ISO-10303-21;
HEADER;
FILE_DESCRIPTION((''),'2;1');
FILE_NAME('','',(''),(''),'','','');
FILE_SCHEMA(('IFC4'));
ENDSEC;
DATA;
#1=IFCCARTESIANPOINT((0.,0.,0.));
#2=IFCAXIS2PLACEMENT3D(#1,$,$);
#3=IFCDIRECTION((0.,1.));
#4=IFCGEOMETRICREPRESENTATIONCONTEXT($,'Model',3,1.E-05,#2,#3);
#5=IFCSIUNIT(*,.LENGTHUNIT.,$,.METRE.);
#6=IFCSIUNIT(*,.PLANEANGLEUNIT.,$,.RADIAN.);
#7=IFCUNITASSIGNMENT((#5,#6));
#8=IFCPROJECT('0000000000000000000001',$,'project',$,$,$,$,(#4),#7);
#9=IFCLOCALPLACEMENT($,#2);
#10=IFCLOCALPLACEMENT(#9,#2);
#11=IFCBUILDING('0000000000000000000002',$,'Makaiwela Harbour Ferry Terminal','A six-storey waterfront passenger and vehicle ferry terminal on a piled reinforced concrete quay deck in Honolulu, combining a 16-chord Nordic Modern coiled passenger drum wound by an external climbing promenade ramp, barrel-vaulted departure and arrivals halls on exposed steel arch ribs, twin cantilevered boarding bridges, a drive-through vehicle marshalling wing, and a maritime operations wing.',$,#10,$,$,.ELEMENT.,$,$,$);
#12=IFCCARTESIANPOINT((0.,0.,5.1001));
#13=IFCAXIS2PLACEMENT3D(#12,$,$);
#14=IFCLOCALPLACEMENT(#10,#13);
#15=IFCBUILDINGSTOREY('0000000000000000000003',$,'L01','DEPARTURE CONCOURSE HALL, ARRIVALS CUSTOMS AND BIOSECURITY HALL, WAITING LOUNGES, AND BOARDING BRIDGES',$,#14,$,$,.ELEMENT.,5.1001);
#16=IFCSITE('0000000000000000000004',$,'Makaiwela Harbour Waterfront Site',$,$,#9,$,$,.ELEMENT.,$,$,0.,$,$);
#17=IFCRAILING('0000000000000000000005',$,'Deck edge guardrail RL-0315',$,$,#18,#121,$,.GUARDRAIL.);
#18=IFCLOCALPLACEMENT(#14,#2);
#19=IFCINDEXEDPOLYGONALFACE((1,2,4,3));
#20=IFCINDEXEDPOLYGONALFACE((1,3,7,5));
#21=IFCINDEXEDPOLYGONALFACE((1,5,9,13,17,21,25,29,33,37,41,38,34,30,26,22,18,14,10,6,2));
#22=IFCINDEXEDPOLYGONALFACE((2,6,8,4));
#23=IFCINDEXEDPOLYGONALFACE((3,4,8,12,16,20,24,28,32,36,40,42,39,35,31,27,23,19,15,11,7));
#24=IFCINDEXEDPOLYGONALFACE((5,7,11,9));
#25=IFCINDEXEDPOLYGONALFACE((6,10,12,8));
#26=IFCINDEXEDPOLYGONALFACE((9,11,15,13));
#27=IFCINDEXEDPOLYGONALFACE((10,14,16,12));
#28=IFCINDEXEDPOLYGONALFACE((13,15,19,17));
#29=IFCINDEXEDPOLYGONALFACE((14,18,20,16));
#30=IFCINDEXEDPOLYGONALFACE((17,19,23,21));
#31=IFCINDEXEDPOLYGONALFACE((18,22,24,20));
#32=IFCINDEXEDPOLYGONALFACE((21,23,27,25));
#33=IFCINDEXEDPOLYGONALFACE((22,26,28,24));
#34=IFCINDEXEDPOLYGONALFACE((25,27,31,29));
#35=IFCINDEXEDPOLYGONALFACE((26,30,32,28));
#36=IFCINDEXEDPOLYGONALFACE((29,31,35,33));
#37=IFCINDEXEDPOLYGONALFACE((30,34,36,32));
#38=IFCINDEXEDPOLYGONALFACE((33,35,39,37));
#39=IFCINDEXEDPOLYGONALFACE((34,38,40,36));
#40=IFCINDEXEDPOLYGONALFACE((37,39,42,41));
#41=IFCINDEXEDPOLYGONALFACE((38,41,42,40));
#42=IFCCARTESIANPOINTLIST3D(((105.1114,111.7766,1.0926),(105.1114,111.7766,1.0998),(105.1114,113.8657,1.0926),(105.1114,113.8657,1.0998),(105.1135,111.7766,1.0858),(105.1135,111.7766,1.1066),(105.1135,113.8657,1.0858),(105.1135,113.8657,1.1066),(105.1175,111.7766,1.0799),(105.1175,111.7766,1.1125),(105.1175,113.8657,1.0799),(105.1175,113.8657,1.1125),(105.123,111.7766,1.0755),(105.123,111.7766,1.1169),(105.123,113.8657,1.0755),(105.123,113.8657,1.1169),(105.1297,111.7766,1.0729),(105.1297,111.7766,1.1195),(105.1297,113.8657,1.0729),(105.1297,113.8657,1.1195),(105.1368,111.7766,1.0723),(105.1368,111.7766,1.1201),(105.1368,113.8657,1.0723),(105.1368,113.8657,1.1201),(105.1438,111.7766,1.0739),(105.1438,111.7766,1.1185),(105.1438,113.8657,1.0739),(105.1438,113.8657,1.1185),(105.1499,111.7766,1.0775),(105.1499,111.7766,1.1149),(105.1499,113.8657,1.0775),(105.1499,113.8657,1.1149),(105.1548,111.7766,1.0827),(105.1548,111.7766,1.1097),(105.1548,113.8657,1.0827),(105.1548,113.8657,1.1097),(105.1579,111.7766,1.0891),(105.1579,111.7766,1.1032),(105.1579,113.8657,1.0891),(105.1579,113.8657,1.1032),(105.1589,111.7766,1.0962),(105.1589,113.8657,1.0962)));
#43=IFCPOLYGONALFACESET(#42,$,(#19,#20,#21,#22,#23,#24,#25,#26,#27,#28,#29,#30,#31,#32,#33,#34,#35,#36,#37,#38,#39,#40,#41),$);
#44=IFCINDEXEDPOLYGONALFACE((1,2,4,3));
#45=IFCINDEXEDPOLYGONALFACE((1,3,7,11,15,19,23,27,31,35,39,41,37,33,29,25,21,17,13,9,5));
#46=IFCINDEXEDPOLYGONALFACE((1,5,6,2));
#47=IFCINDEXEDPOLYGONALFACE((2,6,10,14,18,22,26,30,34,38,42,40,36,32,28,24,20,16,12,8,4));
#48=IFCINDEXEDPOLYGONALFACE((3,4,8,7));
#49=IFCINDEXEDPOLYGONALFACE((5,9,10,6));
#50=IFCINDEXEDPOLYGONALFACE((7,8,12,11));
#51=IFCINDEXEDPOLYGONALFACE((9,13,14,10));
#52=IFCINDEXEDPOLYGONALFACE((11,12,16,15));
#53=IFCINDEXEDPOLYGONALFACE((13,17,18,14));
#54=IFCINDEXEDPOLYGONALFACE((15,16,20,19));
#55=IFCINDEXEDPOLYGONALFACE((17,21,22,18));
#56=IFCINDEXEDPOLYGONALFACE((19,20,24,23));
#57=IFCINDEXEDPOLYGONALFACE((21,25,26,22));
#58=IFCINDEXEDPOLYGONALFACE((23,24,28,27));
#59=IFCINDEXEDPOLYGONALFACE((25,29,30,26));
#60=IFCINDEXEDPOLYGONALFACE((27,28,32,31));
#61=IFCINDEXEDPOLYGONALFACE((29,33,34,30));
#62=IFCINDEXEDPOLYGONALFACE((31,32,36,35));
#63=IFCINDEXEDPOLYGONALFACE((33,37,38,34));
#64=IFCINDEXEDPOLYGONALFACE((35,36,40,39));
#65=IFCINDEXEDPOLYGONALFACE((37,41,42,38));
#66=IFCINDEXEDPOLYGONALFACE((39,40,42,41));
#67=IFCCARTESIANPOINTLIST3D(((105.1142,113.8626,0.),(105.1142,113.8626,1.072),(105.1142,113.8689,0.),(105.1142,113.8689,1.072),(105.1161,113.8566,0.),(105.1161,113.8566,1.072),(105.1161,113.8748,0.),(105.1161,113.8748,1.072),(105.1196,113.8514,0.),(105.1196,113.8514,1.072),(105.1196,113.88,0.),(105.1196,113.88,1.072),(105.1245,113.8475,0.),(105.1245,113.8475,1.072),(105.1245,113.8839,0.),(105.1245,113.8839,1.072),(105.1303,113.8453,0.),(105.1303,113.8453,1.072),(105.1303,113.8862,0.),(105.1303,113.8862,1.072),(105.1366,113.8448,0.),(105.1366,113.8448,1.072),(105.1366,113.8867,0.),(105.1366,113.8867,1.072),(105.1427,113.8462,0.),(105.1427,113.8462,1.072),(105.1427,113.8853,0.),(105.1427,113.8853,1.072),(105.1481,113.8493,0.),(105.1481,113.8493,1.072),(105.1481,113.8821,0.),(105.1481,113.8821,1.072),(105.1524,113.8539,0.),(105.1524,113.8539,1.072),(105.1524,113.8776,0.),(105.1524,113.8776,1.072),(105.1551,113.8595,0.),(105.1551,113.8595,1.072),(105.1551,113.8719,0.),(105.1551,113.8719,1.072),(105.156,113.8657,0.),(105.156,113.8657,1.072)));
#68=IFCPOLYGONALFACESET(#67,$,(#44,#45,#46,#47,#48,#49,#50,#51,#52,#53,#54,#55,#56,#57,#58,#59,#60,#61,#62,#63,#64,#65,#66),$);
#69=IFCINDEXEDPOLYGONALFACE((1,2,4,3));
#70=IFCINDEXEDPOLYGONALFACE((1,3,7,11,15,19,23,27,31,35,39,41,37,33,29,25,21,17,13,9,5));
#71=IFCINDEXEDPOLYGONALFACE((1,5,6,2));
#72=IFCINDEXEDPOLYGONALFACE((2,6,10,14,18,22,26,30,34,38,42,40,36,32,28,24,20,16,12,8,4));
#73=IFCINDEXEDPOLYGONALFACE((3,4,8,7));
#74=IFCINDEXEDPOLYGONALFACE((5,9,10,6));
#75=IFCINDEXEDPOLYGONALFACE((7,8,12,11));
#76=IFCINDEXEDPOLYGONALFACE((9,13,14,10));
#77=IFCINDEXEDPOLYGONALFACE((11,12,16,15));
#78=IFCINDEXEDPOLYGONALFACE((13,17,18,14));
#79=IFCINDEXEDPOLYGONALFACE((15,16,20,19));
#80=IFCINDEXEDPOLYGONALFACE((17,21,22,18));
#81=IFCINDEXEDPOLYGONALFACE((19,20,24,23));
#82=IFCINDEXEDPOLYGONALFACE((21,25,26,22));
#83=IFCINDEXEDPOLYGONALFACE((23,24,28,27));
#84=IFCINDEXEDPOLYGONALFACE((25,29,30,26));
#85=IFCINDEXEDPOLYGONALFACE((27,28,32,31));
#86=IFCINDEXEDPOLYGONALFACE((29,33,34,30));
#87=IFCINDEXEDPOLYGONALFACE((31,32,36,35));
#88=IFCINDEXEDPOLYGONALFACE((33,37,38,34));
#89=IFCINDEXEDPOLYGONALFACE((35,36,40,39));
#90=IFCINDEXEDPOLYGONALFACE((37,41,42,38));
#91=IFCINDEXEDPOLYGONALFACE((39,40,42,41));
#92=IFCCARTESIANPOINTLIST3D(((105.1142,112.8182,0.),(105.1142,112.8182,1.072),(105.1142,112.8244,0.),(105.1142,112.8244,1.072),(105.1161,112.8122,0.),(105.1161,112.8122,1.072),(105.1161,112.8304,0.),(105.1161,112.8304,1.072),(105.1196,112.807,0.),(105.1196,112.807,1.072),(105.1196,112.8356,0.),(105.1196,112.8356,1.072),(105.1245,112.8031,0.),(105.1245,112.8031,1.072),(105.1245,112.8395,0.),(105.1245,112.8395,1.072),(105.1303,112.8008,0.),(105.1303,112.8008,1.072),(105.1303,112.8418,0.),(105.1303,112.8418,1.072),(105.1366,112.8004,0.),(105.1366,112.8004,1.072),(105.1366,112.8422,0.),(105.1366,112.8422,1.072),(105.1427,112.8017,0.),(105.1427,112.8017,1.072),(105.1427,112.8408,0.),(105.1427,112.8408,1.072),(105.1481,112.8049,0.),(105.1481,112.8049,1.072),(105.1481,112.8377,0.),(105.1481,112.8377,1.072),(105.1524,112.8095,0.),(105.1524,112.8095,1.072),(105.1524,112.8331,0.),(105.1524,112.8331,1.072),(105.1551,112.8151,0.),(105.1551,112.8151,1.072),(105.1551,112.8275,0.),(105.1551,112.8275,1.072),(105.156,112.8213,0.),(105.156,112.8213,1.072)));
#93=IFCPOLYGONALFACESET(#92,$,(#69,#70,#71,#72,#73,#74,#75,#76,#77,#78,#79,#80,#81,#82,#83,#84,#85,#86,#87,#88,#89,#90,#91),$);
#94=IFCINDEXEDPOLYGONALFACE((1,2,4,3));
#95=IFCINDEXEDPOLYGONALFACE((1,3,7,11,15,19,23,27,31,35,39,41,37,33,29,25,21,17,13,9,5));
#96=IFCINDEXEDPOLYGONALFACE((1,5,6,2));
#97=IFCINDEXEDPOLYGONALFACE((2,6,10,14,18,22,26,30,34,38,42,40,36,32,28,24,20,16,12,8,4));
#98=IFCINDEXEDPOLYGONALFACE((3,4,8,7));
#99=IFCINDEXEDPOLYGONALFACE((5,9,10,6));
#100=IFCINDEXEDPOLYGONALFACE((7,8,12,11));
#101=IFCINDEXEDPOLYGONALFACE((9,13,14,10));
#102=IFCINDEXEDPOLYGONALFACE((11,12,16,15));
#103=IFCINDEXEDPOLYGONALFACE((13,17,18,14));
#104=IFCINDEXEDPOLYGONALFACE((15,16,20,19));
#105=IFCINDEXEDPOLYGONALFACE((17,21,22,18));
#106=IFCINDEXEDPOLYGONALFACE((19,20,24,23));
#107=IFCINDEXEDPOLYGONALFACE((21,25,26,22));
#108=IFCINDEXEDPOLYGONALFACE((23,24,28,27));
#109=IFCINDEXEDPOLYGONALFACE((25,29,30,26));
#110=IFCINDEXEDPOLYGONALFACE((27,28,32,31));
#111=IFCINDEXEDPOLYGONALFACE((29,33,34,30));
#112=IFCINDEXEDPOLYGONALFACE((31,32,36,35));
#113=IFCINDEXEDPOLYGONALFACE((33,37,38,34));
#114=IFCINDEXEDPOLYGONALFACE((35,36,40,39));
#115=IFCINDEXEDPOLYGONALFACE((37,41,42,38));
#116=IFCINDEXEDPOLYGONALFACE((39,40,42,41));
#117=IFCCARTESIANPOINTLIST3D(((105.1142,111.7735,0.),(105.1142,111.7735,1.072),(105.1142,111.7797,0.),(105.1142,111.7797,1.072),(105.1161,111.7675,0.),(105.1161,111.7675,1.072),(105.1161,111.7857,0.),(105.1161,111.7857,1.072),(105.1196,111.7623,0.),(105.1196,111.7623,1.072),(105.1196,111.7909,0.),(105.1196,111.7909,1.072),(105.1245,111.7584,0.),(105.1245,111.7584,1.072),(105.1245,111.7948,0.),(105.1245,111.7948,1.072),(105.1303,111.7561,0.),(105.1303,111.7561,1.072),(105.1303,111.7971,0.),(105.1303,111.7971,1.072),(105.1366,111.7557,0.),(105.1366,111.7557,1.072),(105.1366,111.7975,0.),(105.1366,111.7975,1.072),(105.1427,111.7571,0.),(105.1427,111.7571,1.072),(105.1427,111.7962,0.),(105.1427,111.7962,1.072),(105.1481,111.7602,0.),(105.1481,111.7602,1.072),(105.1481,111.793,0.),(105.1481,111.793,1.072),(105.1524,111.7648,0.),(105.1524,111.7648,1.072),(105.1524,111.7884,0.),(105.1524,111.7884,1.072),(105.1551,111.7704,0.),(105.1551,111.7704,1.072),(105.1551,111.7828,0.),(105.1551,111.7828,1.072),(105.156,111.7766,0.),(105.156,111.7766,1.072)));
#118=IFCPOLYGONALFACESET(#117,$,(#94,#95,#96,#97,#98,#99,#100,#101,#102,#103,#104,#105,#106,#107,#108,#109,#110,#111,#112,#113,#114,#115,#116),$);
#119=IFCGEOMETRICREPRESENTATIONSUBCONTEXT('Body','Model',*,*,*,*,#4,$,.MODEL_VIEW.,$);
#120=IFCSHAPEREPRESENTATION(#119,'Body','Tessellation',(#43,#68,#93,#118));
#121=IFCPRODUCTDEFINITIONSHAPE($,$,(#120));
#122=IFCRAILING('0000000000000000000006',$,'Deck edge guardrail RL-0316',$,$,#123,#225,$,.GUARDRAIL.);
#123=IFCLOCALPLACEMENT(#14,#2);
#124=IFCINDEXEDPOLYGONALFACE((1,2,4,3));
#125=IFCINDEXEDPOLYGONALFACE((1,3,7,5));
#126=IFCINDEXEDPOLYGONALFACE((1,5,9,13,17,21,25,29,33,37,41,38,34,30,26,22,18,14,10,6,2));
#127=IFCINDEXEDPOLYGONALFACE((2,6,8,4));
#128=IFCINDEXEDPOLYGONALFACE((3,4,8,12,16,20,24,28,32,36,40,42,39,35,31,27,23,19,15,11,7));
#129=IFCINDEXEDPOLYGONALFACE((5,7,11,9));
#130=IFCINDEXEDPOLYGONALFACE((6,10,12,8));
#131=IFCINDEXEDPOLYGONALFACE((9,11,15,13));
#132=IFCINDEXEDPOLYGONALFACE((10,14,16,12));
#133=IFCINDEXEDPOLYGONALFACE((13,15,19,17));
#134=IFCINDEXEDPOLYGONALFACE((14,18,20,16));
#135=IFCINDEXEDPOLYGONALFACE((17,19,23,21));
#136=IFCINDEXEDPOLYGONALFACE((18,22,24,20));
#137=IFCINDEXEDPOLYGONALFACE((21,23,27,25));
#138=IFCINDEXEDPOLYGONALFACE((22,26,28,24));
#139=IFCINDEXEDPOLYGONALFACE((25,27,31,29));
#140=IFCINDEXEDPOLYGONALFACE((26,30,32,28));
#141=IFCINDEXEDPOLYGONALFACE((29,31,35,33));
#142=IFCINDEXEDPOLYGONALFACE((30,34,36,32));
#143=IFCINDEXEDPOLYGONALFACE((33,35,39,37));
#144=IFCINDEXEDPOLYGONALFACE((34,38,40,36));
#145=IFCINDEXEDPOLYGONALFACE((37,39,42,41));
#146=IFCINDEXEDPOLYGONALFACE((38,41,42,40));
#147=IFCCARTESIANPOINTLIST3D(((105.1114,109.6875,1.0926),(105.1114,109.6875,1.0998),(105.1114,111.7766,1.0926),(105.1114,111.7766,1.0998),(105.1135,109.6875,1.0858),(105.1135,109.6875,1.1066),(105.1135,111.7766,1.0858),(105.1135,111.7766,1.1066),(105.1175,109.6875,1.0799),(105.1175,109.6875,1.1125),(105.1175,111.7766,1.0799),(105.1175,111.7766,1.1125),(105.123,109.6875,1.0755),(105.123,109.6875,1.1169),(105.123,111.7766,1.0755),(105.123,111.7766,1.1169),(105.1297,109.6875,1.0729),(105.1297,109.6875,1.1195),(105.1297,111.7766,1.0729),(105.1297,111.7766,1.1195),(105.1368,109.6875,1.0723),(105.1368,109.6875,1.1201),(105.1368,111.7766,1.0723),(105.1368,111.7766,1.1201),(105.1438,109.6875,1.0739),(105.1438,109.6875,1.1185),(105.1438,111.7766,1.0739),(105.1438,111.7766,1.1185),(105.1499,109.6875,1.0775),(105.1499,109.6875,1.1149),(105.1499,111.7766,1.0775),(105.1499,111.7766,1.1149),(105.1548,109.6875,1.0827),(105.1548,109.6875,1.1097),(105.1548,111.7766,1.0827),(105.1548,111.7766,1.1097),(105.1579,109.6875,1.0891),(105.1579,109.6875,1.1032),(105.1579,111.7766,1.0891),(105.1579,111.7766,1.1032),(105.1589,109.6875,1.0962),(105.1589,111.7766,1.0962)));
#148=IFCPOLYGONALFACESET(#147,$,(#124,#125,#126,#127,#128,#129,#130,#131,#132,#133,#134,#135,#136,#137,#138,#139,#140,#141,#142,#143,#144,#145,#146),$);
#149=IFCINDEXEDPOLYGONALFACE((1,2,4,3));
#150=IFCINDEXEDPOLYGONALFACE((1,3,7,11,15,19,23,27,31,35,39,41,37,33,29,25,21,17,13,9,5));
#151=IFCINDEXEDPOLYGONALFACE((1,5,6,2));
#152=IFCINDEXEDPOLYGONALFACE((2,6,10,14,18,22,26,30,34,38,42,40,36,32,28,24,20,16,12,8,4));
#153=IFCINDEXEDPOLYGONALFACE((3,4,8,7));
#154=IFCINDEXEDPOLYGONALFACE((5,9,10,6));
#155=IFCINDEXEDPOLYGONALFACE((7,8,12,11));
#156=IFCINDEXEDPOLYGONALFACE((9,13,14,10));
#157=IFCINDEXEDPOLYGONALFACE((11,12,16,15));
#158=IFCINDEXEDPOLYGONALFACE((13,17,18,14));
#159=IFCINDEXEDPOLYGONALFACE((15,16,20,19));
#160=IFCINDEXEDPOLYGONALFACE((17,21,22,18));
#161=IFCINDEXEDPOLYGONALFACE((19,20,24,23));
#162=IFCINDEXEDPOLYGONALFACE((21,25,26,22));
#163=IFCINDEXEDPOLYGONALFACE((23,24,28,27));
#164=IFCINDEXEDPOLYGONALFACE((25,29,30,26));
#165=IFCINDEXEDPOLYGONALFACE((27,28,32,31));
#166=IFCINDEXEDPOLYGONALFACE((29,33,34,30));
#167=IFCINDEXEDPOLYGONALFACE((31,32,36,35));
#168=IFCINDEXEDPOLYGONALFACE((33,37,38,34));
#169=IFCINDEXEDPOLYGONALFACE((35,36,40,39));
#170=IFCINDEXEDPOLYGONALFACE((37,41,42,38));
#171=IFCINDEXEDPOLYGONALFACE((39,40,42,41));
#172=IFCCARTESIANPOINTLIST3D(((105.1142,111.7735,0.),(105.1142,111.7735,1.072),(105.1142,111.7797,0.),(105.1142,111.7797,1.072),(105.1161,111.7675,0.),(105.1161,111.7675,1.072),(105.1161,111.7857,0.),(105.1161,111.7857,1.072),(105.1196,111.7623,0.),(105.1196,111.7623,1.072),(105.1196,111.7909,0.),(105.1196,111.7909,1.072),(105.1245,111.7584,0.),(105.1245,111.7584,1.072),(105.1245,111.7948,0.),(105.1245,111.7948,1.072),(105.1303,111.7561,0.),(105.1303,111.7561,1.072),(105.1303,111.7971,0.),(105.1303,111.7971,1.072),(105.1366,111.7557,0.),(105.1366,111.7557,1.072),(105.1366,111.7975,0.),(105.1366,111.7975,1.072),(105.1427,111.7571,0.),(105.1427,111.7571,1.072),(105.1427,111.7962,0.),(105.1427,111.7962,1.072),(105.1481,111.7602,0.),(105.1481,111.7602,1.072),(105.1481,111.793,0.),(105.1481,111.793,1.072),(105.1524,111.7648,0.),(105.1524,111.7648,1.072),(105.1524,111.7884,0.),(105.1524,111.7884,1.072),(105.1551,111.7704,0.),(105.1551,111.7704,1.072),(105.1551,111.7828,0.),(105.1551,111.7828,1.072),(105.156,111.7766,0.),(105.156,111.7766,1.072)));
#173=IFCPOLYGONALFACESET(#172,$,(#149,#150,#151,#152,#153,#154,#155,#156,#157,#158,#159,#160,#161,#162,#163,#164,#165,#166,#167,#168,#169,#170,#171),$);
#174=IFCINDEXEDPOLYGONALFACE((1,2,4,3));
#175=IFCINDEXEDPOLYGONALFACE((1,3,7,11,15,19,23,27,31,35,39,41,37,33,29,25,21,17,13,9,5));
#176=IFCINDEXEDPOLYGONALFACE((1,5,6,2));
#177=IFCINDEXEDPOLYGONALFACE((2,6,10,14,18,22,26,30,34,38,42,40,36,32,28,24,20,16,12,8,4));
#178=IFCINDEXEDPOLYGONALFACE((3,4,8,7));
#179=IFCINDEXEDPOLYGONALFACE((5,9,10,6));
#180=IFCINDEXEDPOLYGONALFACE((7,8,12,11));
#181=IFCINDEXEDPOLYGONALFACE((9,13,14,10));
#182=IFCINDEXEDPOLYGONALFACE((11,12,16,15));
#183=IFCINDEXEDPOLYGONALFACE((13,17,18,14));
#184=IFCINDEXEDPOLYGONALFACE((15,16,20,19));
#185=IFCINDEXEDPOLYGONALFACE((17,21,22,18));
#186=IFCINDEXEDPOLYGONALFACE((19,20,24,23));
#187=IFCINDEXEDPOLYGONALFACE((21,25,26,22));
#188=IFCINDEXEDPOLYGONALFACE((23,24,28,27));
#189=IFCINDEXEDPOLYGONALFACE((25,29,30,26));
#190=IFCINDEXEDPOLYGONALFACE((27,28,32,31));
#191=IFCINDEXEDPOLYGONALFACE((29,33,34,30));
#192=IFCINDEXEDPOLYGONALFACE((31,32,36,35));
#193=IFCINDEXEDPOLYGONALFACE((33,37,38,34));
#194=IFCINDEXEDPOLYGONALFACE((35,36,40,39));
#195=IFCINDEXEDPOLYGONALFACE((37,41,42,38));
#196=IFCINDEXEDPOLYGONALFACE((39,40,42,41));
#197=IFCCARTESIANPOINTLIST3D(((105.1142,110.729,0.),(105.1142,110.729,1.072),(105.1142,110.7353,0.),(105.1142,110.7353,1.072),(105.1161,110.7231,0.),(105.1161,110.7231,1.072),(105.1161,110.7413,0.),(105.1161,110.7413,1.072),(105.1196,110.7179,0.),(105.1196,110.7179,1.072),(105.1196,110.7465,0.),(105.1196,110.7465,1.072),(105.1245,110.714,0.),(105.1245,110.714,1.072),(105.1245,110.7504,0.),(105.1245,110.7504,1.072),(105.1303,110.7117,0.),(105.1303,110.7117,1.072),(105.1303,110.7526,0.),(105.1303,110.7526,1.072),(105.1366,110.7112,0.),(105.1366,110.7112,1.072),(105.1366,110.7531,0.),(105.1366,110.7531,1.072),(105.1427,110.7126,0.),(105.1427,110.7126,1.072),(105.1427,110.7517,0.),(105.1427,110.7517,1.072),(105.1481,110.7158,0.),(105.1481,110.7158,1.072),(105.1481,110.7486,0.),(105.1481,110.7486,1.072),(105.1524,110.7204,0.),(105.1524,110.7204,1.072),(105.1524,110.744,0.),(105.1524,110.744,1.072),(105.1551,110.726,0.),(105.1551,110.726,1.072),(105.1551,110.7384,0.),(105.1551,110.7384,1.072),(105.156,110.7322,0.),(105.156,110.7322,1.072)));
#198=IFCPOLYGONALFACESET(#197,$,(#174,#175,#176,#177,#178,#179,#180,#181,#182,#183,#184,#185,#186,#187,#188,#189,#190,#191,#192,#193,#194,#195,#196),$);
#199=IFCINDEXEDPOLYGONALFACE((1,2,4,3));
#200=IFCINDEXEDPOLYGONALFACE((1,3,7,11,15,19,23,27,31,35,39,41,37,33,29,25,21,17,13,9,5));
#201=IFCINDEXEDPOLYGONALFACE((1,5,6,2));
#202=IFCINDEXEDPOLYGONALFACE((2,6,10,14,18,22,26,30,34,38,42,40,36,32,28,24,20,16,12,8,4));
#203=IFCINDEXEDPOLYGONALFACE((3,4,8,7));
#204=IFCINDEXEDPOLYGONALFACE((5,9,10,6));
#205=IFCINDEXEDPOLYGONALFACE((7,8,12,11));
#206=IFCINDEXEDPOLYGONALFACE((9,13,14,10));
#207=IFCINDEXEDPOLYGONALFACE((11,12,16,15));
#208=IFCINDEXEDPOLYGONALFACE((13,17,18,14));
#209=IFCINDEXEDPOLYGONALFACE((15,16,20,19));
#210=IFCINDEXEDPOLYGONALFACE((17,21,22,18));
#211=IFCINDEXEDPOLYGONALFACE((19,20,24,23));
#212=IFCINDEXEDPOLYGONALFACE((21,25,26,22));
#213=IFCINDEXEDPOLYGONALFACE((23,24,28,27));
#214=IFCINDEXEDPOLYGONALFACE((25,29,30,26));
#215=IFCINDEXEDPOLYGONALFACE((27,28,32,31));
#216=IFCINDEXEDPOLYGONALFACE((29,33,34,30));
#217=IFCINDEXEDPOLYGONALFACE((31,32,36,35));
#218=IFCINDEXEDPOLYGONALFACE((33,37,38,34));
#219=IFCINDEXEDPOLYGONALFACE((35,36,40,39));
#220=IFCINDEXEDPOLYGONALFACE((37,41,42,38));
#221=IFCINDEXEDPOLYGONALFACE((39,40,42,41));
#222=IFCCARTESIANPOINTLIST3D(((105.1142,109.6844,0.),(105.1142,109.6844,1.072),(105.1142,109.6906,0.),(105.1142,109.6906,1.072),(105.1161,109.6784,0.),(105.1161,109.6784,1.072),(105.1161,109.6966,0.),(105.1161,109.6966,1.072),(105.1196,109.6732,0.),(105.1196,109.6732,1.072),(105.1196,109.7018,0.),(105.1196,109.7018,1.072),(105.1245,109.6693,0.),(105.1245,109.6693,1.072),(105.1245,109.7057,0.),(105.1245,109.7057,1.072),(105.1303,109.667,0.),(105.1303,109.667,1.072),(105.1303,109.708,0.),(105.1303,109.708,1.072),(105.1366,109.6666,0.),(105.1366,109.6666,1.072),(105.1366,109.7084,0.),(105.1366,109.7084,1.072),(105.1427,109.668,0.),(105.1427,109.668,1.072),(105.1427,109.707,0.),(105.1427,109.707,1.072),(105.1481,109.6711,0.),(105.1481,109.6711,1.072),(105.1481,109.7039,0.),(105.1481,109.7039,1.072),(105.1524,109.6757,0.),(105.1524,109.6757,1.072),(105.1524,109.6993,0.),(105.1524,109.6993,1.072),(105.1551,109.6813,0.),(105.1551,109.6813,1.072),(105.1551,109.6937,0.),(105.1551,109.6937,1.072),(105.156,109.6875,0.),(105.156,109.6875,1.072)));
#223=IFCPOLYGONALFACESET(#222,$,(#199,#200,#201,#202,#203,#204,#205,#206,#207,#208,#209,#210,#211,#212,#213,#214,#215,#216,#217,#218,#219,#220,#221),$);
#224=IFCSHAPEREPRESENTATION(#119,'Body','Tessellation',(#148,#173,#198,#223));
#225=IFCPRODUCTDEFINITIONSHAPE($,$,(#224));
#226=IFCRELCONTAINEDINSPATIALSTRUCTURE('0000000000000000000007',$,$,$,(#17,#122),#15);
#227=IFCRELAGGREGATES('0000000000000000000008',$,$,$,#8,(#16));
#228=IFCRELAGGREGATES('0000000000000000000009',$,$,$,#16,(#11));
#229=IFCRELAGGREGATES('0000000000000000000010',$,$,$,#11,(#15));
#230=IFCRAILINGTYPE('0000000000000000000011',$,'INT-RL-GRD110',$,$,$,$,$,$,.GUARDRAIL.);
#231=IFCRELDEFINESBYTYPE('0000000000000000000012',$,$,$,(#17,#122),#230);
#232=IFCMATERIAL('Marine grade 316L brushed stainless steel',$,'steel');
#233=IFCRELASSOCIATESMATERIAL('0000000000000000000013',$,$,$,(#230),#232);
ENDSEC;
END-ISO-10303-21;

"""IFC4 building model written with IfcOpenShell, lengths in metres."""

from ifc_helpers import new_model, si_unit, direction, frame, origin, origin_2d, place, context, subcontext, project, spatial, circle, extrude, material, type_object, element, save


model = new_model("IFC4")

# Units and contexts
model_context = context("Model", 3, precision=1e-05, world=origin(), true_north=direction((0.0, 1.0)))
body_context = subcontext(model_context, "Body", "Model", "MODEL_VIEW")
ifc_project = project(units=[si_unit("LENGTHUNIT", "METRE"), si_unit("PLANEANGLEUNIT", "RADIAN")], contexts=[model_context])

# Site, building, storey
site_placement = place(None, origin())
site = spatial("IfcSite", under=ifc_project, at=site_placement, Name="Makaiwela Harbour Waterfront Site", CompositionType="ELEMENT", RefElevation=0.0)
building_placement = place(site_placement, origin())
building = spatial("IfcBuilding", under=site, at=building_placement, Name="Makaiwela Harbour Ferry Terminal", Description="A six-storey waterfront passenger and vehicle ferry terminal on a piled reinforced concrete quay deck in Honolulu, combining a 16-chord Nordic Modern coiled passenger drum wound by an external climbing promenade ramp, barrel-vaulted departure and arrivals halls on exposed steel arch ribs, twin cantilevered boarding bridges, a drive-through vehicle marshalling wing, and a maritime operations wing.", CompositionType="ELEMENT")
storey_placement = place(building_placement, frame((0.0, 0.0, 5.1001)))
storey = spatial("IfcBuildingStorey", under=building, at=storey_placement, Name="L01", Description="DEPARTURE CONCOURSE HALL, ARRIVALS CUSTOMS AND BIOSECURITY HALL, WAITING LOUNGES, AND BOARDING BRIDGES", CompositionType="ELEMENT", Elevation=5.1001)

# Railings
ifc_material_1 = material(Name="Marine grade 316L brushed stainless steel", Category="steel")
railing_type = type_object("IfcRailingType", Name="INT-RL-GRD110", PredefinedType="GUARDRAIL", material=ifc_material_1)
for number, where, name in (
    (1, (105.135, 113.8657, 0.0), "Deck edge guardrail RL-0315"),
    (2, (105.135, 111.7766, 0.0), "Deck edge guardrail RL-0316"),
):
    element("IfcRailing", number, at=place(storey_placement, frame(where)), inside=storey, type_object=railing_type, Name=name, PredefinedType="GUARDRAIL", context=body_context, shape_type="SweptSolid", body=[
        extrude(circle(Radius=0.0239, at=origin_2d()), frame((0.0, 0.0, 1.0962), z_axis=(0.0, -1.0, 0.0), x_axis=(1.0, 0.0, 0.0)), (0.0, 0.0, 1.0), 2.0891),
        extrude(circle(Radius=0.021, at=origin_2d()), origin(), (0.0, 0.0, 1.0), 1.072),
        extrude(circle(Radius=0.021, at=origin_2d()), frame((0.0, -1.0444, 0.0)), (0.0, 0.0, 1.0), 1.072),
        extrude(circle(Radius=0.021, at=origin_2d()), frame((0.0, -2.0891, 0.0)), (0.0, 0.0, 1.0), 1.072),
    ])

save(model, "model.ifc")
